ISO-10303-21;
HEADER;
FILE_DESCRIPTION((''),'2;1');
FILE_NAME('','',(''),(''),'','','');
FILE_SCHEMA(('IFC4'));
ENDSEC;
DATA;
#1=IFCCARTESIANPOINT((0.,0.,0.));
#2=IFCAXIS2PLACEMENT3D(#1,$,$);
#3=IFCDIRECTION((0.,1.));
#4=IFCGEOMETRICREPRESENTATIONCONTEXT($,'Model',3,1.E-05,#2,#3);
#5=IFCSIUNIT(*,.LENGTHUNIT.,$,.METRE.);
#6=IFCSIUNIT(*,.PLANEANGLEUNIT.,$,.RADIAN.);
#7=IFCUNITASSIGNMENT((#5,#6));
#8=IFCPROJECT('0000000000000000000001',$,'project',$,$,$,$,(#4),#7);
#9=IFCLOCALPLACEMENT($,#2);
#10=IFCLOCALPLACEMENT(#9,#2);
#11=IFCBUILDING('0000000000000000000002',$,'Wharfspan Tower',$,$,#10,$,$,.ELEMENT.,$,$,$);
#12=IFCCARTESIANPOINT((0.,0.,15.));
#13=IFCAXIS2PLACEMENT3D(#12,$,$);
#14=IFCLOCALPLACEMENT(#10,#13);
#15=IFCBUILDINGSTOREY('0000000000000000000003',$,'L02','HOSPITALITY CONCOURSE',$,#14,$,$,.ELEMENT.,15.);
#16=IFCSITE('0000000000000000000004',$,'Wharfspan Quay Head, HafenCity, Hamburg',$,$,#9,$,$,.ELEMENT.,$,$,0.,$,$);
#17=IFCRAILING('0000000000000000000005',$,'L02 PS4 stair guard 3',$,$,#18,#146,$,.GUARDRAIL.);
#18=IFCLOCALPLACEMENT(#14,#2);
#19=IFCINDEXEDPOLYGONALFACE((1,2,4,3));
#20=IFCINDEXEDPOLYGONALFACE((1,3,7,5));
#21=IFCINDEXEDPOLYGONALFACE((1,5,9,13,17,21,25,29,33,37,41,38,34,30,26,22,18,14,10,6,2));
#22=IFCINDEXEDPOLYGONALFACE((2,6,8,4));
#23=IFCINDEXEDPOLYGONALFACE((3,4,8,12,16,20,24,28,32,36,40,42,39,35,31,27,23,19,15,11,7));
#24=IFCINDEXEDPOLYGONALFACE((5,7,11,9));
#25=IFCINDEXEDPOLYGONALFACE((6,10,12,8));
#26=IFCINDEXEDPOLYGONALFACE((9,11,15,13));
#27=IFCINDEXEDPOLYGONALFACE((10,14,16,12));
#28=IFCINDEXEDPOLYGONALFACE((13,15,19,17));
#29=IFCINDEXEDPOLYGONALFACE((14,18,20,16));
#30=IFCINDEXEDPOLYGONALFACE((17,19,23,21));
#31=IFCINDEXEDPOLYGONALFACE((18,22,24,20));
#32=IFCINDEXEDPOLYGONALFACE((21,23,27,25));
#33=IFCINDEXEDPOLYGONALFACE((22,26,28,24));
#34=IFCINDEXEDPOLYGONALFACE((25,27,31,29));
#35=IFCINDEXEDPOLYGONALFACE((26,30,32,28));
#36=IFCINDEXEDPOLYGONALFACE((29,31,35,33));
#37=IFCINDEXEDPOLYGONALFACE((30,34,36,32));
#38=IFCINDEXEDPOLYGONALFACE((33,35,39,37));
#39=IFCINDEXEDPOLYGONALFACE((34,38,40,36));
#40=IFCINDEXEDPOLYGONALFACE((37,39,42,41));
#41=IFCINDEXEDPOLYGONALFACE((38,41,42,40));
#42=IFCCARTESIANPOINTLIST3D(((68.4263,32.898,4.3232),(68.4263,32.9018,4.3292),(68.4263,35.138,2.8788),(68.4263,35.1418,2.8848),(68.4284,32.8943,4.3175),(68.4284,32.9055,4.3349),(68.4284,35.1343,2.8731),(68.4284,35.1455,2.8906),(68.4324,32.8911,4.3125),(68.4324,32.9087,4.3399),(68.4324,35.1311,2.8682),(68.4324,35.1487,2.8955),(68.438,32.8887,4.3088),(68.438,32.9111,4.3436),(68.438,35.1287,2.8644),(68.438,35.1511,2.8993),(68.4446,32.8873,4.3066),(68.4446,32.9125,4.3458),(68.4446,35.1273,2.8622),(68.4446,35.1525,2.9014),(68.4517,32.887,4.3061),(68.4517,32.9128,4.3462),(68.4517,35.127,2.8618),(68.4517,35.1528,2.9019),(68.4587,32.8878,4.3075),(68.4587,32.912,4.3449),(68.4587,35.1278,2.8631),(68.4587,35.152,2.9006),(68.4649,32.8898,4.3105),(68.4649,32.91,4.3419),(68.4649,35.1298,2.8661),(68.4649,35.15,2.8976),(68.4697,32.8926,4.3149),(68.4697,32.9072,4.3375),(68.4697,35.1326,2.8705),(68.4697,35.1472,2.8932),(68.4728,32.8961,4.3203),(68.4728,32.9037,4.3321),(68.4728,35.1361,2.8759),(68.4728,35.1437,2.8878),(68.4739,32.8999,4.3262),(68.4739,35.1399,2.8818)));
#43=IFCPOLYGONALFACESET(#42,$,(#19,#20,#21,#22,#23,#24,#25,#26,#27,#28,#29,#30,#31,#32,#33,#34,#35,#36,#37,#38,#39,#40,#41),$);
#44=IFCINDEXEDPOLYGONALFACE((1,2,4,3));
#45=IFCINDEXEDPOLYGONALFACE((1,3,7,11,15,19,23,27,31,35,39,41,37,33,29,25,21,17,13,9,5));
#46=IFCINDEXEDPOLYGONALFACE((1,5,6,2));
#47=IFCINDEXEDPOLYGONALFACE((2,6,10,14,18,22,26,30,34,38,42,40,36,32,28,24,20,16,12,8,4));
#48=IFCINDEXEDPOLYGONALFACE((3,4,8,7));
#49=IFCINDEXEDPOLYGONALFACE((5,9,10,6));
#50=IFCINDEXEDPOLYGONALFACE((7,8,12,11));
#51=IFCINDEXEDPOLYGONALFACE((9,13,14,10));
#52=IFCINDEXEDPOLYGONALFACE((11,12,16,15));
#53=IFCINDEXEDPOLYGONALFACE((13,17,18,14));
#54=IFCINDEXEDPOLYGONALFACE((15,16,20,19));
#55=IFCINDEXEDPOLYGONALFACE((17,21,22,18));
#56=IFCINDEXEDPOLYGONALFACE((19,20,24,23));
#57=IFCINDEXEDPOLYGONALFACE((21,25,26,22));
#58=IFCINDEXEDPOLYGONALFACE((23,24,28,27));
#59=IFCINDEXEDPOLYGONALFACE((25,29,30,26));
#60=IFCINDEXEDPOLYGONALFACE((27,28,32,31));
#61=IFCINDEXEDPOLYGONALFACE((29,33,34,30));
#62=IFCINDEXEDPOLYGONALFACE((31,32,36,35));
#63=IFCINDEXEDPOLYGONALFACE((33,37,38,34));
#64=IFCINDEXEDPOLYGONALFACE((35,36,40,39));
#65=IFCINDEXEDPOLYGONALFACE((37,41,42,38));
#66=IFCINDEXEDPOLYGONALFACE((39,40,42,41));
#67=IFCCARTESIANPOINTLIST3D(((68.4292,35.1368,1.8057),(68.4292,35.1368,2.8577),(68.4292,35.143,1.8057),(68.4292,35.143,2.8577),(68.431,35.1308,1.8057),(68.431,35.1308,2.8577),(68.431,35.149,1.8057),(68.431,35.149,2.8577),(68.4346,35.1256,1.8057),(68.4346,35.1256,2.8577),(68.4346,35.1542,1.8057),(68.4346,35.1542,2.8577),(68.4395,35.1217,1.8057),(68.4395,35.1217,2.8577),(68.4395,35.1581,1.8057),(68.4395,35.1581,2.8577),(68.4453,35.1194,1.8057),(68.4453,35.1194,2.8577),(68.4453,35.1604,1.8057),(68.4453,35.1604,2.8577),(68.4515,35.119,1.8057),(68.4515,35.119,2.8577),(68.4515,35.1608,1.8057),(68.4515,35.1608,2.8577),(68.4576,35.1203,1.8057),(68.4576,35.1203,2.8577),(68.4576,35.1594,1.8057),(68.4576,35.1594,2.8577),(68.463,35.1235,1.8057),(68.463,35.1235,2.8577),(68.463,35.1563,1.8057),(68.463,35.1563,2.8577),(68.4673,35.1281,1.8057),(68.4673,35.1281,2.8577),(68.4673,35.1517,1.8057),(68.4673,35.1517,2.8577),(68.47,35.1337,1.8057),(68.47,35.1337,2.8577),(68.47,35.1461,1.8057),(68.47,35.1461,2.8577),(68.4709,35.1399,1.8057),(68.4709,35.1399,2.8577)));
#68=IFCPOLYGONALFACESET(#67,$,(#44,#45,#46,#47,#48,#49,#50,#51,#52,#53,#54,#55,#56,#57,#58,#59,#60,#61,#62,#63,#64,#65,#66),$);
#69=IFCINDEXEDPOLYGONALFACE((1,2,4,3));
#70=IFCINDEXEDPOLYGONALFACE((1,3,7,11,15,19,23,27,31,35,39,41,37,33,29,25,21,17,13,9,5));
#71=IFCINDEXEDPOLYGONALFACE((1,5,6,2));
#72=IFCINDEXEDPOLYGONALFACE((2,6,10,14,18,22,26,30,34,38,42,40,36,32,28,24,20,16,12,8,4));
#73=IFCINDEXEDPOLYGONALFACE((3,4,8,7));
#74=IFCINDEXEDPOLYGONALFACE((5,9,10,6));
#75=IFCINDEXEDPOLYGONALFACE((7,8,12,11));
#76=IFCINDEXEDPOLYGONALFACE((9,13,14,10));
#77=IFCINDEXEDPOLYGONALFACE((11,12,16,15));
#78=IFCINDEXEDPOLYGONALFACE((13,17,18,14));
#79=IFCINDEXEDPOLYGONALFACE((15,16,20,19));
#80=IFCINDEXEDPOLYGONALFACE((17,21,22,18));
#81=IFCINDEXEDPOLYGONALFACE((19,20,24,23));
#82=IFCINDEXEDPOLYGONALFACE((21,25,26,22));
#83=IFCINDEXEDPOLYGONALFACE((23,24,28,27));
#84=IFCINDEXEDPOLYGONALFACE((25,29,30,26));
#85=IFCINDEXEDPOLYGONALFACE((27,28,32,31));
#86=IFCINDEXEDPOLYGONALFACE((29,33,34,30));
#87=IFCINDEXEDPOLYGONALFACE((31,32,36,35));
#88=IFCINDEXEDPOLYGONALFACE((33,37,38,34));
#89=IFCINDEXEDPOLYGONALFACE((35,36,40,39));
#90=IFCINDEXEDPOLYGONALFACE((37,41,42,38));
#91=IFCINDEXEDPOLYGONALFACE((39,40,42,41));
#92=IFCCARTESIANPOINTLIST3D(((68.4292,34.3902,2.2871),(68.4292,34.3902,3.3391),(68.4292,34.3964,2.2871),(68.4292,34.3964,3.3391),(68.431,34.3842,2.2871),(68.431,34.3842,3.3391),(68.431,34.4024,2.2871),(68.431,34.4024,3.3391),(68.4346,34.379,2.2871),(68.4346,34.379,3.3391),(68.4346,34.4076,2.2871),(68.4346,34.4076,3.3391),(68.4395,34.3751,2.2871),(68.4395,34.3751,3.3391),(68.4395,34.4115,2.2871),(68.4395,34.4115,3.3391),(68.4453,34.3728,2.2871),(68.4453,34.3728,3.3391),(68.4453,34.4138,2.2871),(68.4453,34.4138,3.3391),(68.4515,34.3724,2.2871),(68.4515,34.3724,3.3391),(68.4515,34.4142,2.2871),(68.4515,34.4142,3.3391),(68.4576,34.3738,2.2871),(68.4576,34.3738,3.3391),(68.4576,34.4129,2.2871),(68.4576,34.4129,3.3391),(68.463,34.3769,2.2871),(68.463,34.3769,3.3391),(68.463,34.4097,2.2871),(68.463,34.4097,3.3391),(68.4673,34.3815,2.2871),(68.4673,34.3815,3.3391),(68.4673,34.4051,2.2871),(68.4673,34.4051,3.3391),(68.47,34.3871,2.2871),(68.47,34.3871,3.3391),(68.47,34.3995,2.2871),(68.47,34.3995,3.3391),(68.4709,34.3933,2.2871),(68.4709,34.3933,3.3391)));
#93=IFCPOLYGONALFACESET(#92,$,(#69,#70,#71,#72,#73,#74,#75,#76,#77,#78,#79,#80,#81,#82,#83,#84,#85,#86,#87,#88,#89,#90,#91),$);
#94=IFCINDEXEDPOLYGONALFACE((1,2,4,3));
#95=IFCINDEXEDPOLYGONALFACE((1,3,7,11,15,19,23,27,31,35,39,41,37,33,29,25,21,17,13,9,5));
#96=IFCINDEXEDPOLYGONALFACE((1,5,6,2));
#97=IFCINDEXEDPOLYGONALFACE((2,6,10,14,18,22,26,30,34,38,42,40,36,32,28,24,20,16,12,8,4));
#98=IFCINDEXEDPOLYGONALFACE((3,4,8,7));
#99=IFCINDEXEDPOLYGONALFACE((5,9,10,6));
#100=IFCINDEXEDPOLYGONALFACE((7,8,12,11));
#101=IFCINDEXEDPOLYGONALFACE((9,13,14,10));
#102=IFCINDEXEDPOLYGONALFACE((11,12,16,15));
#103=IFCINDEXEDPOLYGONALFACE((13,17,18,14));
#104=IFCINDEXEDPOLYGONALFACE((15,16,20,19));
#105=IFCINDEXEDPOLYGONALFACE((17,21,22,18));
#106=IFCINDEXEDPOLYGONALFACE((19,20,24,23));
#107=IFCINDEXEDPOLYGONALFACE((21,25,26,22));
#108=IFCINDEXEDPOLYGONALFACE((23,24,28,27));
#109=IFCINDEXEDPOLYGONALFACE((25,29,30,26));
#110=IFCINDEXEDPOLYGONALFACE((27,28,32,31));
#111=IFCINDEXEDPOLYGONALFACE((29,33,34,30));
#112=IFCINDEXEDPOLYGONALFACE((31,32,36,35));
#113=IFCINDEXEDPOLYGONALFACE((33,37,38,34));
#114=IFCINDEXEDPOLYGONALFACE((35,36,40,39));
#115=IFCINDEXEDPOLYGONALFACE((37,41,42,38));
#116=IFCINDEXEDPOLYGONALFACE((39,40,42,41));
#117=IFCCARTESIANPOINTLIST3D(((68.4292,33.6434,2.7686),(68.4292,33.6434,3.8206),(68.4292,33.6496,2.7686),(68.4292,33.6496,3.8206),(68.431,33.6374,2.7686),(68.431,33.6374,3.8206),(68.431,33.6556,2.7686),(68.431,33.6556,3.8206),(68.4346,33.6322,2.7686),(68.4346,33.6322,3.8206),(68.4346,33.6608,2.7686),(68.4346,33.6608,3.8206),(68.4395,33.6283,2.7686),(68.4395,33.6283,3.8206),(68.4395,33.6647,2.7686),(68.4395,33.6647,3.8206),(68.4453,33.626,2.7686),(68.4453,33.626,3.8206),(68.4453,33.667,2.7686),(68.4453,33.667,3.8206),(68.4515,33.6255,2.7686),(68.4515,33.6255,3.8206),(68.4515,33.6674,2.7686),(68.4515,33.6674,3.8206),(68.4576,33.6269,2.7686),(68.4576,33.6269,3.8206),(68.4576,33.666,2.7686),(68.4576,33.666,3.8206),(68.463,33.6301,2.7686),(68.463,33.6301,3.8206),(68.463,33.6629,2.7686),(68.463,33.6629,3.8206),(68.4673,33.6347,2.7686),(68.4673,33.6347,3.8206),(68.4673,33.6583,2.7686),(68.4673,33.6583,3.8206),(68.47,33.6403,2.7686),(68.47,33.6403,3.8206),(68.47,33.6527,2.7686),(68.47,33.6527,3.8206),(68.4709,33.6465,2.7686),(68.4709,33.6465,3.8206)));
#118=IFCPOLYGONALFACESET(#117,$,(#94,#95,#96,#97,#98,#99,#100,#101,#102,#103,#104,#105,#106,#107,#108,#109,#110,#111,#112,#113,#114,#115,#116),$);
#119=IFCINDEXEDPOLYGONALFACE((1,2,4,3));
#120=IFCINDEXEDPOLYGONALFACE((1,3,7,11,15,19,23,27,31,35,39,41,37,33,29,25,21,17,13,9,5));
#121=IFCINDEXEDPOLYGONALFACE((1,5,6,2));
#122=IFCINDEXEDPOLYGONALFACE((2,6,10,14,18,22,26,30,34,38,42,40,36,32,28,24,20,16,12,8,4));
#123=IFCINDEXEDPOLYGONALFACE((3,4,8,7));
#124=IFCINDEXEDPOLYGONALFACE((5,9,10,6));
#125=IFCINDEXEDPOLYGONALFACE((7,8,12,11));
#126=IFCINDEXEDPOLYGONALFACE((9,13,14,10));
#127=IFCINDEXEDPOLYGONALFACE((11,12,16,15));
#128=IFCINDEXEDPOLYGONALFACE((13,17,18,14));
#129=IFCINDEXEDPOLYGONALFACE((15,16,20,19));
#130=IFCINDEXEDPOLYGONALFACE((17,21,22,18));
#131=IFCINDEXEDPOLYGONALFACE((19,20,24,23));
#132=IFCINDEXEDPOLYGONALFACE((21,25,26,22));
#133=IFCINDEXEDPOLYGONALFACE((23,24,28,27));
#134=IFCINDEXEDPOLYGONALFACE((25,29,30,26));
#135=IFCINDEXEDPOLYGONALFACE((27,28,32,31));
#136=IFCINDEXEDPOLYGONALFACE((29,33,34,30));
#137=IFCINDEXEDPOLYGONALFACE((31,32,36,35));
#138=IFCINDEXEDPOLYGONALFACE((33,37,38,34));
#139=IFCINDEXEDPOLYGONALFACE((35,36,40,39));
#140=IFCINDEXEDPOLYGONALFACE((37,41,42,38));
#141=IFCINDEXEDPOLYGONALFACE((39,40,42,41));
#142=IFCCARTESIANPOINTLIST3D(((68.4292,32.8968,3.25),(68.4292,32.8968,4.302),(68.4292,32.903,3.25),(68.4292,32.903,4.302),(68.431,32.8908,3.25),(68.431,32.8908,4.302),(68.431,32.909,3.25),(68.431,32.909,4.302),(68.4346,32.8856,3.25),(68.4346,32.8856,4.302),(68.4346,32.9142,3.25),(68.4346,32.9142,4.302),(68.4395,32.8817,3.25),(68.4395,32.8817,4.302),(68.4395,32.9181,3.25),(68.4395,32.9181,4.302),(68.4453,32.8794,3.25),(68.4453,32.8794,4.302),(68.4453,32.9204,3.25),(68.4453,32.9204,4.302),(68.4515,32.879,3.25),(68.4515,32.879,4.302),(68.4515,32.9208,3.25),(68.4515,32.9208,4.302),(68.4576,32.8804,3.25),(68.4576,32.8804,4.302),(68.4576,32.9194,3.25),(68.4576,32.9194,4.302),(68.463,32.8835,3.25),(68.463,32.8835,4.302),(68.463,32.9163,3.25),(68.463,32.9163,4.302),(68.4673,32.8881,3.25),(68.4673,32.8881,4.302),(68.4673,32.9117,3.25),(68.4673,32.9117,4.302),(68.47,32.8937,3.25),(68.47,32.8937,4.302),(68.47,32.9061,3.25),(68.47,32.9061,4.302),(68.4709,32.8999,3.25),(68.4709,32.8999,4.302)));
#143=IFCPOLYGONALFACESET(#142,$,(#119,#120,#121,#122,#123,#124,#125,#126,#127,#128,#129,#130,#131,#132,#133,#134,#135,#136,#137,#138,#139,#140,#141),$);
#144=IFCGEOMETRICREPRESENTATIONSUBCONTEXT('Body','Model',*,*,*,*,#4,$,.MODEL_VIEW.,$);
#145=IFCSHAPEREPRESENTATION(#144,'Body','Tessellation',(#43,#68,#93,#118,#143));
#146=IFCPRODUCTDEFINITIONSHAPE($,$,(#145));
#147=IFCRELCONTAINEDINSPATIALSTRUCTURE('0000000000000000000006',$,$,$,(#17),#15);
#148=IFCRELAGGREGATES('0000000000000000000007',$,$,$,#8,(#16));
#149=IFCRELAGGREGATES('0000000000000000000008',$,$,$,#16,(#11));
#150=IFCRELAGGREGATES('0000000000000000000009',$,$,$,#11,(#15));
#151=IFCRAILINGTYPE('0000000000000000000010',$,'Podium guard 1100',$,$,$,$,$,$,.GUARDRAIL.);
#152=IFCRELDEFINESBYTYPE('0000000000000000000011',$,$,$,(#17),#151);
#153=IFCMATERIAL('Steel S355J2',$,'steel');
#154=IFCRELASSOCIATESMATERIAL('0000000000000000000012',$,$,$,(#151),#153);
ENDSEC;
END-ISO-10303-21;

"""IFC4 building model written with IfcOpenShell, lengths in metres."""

from ifc_helpers import new_model, si_unit, direction, frame, origin, origin_2d, place, context, subcontext, project, spatial, circle, extrude, material, type_object, element, save


model = new_model("IFC4")

# Units and contexts
model_context = context("Model", 3, precision=1e-05, world=origin(), true_north=direction((0.0, 1.0)))
body_context = subcontext(model_context, "Body", "Model", "MODEL_VIEW")
ifc_project = project(units=[si_unit("LENGTHUNIT", "METRE"), si_unit("PLANEANGLEUNIT", "RADIAN")], contexts=[model_context])

# Site, building, storey
site_placement = place(None, origin())
site = spatial("IfcSite", under=ifc_project, at=site_placement, Name="Wharfspan Quay Head, HafenCity, Hamburg", CompositionType="ELEMENT", RefElevation=0.0)
building_placement = place(site_placement, origin())
building = spatial("IfcBuilding", under=site, at=building_placement, Name="Wharfspan Tower", CompositionType="ELEMENT")
storey_placement = place(building_placement, frame((0.0, 0.0, 15.0)))
storey = spatial("IfcBuildingStorey", under=building, at=storey_placement, Name="L02", Description="HOSPITALITY CONCOURSE", CompositionType="ELEMENT", Elevation=15.0)

# Railing
ifc_material_1 = material(Name="Steel S355J2", Category="steel")
railing_type_1 = type_object("IfcRailingType", Name="Podium guard 1100", PredefinedType="GUARDRAIL", material=ifc_material_1)
railing_1_placement = place(storey_placement, frame((68.45, 35.1399, 1.8057)))
element("IfcRailing", 1, at=railing_1_placement, inside=storey, type_object=railing_type_1, Name="L02 PS4 stair guard 3", PredefinedType="GUARDRAIL", context=body_context, shape_type="SweptSolid", body=[
    extrude(circle(Radius=0.0239, at=origin_2d()), frame((0.0, 0.0, 1.0762), z_axis=(0.0, -0.840437, 0.54191), x_axis=(1.0, 0.0, 0.0)), (0.0, 0.0, 1.0), 2.6653),
    extrude(circle(Radius=0.021, at=origin_2d()), origin(), (0.0, 0.0, 1.0), 1.052),
    extrude(circle(Radius=0.021, at=origin_2d()), frame((0.0, -0.7466, 0.4814)), (0.0, 0.0, 1.0), 1.052),
    extrude(circle(Radius=0.021, at=origin_2d()), frame((0.0, -1.4934, 0.9629)), (0.0, 0.0, 1.0), 1.052),
    extrude(circle(Radius=0.021, at=origin_2d()), frame((0.0, -2.24, 1.4443)), (0.0, 0.0, 1.0), 1.052),
])

save(model, "model.ifc")
